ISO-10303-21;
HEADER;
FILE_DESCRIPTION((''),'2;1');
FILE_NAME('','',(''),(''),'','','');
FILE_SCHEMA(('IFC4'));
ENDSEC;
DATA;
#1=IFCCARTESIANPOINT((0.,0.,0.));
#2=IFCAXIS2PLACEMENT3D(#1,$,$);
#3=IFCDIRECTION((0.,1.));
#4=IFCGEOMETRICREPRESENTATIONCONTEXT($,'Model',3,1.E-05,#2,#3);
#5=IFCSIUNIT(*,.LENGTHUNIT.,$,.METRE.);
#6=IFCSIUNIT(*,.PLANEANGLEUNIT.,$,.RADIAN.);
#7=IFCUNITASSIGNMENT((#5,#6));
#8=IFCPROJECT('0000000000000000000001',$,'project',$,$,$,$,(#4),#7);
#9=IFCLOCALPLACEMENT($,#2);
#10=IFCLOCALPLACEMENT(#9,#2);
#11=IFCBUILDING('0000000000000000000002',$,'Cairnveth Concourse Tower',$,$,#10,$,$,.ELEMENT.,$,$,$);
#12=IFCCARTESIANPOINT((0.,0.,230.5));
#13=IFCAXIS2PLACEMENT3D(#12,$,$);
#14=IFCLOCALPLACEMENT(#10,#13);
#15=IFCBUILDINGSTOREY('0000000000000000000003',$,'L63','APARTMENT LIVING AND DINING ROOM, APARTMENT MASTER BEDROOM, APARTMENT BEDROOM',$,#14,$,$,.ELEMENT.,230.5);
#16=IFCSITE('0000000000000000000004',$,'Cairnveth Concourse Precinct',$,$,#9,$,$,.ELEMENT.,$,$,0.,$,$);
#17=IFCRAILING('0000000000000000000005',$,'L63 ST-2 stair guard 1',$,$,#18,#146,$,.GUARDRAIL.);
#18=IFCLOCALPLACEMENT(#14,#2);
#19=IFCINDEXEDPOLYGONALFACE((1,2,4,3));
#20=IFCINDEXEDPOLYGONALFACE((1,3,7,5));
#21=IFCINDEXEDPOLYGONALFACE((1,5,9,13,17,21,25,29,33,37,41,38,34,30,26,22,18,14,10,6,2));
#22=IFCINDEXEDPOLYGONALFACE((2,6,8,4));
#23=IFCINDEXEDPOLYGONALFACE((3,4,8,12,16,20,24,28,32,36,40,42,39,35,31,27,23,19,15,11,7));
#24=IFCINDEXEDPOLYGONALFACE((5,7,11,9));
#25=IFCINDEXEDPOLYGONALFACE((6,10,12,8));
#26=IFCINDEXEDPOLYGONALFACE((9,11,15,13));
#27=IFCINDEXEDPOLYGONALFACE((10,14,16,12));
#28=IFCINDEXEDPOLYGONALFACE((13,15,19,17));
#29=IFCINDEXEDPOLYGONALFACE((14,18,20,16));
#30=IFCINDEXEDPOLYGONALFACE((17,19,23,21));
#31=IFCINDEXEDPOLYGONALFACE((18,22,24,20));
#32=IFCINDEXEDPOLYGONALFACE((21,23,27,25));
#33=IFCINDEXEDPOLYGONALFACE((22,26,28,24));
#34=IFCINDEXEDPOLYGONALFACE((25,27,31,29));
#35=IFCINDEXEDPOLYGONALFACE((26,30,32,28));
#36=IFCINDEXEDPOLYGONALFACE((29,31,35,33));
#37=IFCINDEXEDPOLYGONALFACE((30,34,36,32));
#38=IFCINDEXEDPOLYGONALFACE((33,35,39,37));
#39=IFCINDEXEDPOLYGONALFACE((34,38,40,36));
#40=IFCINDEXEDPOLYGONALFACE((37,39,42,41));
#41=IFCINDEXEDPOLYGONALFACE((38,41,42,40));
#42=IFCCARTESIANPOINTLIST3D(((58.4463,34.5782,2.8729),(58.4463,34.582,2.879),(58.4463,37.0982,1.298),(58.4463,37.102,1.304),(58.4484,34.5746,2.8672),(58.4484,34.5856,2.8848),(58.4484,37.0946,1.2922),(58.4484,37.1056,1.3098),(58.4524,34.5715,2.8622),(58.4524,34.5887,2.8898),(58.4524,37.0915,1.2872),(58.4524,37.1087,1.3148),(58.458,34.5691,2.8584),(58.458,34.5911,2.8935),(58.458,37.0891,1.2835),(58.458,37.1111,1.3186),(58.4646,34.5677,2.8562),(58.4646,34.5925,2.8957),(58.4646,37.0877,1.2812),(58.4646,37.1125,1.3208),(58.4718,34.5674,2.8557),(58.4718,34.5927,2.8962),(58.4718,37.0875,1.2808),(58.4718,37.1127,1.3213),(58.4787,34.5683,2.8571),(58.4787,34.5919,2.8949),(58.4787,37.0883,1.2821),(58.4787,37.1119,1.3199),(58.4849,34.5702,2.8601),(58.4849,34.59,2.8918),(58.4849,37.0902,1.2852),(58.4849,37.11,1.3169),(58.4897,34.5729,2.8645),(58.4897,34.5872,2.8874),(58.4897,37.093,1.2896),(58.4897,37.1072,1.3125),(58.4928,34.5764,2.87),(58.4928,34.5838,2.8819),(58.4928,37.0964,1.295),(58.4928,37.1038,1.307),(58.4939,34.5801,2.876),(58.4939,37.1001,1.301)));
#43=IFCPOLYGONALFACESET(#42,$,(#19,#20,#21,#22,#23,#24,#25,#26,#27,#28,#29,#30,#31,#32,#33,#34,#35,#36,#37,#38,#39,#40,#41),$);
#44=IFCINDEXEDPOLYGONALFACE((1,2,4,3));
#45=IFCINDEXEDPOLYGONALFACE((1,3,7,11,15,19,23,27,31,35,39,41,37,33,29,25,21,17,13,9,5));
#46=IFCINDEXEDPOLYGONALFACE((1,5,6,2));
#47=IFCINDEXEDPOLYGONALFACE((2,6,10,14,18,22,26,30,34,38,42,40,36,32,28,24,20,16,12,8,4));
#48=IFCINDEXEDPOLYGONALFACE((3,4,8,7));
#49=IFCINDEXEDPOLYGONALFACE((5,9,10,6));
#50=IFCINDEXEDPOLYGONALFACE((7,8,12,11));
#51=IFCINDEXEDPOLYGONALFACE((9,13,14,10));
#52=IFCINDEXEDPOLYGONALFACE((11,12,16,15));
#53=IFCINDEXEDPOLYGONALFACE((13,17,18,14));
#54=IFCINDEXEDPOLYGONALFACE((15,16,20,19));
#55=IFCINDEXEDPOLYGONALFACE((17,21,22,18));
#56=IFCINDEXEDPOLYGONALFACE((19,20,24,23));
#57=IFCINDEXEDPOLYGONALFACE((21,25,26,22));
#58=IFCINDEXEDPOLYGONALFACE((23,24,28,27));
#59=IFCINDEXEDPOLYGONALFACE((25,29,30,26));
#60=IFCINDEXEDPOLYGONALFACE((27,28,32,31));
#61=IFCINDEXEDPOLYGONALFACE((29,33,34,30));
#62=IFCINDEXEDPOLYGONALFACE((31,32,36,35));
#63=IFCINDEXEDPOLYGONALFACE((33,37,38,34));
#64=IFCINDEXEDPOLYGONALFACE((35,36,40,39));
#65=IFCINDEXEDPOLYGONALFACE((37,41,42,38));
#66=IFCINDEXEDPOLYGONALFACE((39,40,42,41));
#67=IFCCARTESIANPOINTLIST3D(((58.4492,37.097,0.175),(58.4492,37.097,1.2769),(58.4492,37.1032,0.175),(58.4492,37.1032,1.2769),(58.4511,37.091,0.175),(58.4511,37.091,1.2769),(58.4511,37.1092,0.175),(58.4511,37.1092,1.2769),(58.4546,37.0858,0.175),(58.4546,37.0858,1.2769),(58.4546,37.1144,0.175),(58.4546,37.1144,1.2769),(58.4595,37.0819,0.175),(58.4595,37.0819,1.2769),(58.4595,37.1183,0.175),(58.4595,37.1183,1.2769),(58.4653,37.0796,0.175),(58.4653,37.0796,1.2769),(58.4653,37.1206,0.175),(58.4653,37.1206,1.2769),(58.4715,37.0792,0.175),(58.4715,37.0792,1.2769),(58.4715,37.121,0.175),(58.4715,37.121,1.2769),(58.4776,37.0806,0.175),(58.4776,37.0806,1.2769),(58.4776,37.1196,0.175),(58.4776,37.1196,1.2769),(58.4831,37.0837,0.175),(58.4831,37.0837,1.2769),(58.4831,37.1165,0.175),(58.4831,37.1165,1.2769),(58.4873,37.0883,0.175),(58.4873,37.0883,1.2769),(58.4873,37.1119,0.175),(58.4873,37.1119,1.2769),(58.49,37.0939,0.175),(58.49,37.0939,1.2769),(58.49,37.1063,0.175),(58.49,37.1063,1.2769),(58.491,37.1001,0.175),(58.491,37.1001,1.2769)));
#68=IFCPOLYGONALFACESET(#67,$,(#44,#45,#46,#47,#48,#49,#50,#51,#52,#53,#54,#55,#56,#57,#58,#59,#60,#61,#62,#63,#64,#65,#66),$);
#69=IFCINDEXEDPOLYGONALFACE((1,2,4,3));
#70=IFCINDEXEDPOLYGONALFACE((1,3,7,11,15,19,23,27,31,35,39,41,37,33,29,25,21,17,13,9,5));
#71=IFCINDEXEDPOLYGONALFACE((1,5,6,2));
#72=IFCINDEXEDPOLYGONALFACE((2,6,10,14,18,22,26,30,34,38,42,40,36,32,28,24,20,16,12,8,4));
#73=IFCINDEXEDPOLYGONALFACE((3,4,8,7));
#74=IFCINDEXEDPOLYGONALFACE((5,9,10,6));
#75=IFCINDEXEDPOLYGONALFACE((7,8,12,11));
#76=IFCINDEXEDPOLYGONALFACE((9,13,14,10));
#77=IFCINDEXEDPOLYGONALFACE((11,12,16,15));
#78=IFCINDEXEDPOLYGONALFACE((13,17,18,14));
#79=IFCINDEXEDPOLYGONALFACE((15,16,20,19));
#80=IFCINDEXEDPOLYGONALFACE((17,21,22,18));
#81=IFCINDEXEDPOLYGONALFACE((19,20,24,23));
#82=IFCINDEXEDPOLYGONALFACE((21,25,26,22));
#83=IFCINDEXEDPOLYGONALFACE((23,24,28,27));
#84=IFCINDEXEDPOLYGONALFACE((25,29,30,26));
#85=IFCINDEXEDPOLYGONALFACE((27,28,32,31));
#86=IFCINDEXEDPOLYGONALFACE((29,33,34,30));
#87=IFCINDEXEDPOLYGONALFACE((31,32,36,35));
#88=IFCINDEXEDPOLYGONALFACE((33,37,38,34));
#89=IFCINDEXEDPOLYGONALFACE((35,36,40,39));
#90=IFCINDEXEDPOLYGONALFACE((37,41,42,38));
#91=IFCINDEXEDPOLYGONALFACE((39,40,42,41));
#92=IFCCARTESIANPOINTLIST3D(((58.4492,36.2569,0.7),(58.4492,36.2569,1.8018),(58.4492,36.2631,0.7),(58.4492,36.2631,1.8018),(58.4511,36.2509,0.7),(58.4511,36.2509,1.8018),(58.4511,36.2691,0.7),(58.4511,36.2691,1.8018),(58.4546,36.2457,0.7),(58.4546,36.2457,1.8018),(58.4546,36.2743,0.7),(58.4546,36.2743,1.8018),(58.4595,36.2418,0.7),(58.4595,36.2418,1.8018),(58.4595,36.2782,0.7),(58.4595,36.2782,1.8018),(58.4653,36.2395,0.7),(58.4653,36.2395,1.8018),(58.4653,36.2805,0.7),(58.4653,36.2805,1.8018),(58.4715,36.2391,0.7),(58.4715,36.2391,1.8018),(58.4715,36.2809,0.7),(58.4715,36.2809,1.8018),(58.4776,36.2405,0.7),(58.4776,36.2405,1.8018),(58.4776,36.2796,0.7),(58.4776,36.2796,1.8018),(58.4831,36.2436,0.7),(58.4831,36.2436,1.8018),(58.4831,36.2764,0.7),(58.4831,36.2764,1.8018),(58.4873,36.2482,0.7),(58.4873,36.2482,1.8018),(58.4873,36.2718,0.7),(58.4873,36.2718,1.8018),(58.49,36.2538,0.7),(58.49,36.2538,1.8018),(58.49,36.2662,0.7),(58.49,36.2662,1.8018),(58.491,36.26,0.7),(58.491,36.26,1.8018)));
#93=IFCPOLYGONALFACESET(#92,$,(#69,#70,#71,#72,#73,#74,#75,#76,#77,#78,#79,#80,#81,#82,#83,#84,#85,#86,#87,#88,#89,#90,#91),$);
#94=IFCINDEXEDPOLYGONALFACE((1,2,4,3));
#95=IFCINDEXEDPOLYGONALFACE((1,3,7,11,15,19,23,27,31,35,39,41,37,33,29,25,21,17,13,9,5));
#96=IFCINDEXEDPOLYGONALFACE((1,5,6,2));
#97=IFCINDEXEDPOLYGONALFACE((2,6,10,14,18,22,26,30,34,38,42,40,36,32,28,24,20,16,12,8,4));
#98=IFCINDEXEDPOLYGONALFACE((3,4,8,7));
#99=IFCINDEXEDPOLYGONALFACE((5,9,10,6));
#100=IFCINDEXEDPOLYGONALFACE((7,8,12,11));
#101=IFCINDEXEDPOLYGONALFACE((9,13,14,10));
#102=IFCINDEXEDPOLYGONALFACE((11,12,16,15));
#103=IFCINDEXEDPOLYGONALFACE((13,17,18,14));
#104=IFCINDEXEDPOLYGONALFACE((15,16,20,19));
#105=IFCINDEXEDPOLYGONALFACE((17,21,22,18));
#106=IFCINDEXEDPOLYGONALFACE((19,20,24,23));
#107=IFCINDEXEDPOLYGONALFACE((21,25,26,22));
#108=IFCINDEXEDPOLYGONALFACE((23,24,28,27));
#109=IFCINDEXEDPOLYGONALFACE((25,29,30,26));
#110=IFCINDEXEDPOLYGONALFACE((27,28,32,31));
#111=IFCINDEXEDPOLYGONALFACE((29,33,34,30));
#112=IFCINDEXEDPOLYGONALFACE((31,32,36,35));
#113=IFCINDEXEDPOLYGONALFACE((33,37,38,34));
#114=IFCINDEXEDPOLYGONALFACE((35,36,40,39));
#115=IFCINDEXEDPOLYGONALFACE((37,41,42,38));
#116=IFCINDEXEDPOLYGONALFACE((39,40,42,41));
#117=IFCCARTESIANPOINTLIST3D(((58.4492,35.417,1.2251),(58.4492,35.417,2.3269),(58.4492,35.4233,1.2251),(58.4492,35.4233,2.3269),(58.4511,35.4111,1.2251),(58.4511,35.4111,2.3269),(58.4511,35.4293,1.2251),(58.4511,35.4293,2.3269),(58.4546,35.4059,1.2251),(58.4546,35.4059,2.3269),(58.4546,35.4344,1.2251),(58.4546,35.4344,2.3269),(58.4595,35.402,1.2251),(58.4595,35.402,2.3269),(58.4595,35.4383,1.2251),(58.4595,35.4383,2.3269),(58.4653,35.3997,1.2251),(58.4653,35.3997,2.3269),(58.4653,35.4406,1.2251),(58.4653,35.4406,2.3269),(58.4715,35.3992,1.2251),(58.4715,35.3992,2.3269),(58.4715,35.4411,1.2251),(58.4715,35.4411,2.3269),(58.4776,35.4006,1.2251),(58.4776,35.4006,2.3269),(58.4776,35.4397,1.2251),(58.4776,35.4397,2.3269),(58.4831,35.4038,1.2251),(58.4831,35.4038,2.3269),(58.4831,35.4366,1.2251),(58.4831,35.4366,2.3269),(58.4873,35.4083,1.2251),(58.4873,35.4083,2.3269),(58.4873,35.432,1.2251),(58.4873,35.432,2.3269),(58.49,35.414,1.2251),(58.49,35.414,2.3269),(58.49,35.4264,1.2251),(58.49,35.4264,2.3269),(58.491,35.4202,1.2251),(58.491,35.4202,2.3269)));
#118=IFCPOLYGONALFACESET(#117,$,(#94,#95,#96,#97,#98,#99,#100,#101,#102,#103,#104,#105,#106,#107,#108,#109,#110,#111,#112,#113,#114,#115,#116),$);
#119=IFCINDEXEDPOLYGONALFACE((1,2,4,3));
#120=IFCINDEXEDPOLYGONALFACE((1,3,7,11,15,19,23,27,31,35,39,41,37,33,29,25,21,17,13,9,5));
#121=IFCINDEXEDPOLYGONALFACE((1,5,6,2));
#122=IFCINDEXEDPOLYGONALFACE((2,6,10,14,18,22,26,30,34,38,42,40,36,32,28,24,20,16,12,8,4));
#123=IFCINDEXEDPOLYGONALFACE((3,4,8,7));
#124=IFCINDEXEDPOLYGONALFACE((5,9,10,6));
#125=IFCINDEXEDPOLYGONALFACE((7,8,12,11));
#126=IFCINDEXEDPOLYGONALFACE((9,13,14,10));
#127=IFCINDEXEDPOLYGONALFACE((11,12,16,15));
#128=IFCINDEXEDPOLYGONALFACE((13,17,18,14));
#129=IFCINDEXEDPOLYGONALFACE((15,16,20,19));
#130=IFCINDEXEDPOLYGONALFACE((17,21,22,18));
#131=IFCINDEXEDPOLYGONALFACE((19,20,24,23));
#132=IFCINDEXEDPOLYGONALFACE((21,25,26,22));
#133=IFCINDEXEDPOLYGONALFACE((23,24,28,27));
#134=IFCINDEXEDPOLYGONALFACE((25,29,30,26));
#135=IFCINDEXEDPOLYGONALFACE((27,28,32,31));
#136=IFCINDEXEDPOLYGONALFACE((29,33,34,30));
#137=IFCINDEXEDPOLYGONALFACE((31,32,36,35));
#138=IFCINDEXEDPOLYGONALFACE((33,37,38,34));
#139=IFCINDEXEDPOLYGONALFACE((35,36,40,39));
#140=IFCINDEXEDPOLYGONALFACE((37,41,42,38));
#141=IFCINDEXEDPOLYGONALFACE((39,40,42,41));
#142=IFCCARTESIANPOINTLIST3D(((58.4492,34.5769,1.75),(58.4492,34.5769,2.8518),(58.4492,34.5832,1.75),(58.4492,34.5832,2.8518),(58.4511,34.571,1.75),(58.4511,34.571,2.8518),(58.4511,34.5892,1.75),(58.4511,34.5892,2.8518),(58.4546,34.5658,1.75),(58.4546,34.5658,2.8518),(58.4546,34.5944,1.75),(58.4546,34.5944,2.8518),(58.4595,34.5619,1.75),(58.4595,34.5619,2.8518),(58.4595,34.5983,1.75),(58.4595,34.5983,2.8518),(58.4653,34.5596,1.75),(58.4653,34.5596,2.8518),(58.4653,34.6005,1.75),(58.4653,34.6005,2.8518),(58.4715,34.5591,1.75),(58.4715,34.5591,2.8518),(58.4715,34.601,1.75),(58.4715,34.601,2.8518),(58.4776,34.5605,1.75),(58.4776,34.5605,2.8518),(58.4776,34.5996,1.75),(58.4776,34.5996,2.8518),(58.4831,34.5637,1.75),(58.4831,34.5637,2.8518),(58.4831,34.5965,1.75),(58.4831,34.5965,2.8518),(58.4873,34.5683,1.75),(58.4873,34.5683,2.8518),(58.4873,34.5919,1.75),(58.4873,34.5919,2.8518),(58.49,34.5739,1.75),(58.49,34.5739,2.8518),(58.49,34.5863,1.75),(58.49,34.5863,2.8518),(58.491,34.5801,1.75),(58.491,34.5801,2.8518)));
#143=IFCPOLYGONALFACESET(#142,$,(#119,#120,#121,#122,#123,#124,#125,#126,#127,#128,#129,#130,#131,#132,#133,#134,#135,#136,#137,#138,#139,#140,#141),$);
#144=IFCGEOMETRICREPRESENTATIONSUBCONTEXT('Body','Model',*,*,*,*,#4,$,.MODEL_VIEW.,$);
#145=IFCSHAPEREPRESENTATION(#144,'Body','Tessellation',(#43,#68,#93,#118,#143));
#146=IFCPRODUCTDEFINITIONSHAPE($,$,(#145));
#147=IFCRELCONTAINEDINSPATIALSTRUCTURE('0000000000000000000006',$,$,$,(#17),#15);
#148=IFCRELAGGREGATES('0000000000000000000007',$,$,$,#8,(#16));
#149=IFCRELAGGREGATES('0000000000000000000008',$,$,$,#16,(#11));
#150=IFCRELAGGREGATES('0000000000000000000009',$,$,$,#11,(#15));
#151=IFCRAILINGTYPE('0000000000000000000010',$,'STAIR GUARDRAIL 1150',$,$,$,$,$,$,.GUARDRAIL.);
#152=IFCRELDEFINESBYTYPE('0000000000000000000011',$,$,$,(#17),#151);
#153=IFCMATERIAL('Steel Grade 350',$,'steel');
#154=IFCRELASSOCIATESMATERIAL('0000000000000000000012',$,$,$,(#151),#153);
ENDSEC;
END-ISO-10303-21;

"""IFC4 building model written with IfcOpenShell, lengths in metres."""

from ifc_helpers import new_model, si_unit, direction, frame, origin, origin_2d, place, context, subcontext, project, spatial, circle, extrude, material, type_object, element, save


model = new_model("IFC4")

# Units and contexts
model_context = context("Model", 3, precision=1e-05, world=origin(), true_north=direction((0.0, 1.0)))
body_context = subcontext(model_context, "Body", "Model", "MODEL_VIEW")
ifc_project = project(units=[si_unit("LENGTHUNIT", "METRE"), si_unit("PLANEANGLEUNIT", "RADIAN")], contexts=[model_context])

# Site, building, storey
site_placement = place(None, origin())
site = spatial("IfcSite", under=ifc_project, at=site_placement, Name="Cairnveth Concourse Precinct", CompositionType="ELEMENT", RefElevation=0.0)
building_placement = place(site_placement, origin())
building = spatial("IfcBuilding", under=site, at=building_placement, Name="Cairnveth Concourse Tower", CompositionType="ELEMENT")
storey_placement = place(building_placement, frame((0.0, 0.0, 230.5)))
storey = spatial("IfcBuildingStorey", under=building, at=storey_placement, Name="L63", Description="APARTMENT LIVING AND DINING ROOM, APARTMENT MASTER BEDROOM, APARTMENT BEDROOM", CompositionType="ELEMENT", Elevation=230.5)

# Shared definitions
ifc_material_1 = material(Name="Steel Grade 350", Category="steel")

# Railing
railing_type_1 = type_object("IfcRailingType", Name="STAIR GUARDRAIL 1150", PredefinedType="GUARDRAIL", material=ifc_material_1)
railing_1_placement = place(storey_placement, frame((58.47, 37.1001, 0.175)))
element("IfcRailing", 1, at=railing_1_placement, inside=storey, type_object=railing_type_1, Name="L63 ST-2 stair guard 1", PredefinedType="GUARDRAIL", context=body_context, shape_type="SweptSolid", body=[
    extrude(circle(Radius=0.0239, at=origin_2d()), frame((0.0, 0.0, 1.126), z_axis=(0.0, -0.848008, 0.529984), x_axis=(1.0, 0.0, 0.0)), (0.0, 0.0, 1.0), 2.9717),
    extrude(circle(Radius=0.021, at=origin_2d()), origin(), (0.0, 0.0, 1.0), 1.1018),
    extrude(circle(Radius=0.021, at=origin_2d()), frame((0.0, -0.8401, 0.5249)), (0.0, 0.0, 1.0), 1.1018),
    extrude(circle(Radius=0.021, at=origin_2d()), frame((0.0, -1.6799, 1.05)), (0.0, 0.0, 1.0), 1.1018),
    extrude(circle(Radius=0.021, at=origin_2d()), frame((0.0, -2.52, 1.575)), (0.0, 0.0, 1.0), 1.1018),
])

save(model, "model.ifc")
